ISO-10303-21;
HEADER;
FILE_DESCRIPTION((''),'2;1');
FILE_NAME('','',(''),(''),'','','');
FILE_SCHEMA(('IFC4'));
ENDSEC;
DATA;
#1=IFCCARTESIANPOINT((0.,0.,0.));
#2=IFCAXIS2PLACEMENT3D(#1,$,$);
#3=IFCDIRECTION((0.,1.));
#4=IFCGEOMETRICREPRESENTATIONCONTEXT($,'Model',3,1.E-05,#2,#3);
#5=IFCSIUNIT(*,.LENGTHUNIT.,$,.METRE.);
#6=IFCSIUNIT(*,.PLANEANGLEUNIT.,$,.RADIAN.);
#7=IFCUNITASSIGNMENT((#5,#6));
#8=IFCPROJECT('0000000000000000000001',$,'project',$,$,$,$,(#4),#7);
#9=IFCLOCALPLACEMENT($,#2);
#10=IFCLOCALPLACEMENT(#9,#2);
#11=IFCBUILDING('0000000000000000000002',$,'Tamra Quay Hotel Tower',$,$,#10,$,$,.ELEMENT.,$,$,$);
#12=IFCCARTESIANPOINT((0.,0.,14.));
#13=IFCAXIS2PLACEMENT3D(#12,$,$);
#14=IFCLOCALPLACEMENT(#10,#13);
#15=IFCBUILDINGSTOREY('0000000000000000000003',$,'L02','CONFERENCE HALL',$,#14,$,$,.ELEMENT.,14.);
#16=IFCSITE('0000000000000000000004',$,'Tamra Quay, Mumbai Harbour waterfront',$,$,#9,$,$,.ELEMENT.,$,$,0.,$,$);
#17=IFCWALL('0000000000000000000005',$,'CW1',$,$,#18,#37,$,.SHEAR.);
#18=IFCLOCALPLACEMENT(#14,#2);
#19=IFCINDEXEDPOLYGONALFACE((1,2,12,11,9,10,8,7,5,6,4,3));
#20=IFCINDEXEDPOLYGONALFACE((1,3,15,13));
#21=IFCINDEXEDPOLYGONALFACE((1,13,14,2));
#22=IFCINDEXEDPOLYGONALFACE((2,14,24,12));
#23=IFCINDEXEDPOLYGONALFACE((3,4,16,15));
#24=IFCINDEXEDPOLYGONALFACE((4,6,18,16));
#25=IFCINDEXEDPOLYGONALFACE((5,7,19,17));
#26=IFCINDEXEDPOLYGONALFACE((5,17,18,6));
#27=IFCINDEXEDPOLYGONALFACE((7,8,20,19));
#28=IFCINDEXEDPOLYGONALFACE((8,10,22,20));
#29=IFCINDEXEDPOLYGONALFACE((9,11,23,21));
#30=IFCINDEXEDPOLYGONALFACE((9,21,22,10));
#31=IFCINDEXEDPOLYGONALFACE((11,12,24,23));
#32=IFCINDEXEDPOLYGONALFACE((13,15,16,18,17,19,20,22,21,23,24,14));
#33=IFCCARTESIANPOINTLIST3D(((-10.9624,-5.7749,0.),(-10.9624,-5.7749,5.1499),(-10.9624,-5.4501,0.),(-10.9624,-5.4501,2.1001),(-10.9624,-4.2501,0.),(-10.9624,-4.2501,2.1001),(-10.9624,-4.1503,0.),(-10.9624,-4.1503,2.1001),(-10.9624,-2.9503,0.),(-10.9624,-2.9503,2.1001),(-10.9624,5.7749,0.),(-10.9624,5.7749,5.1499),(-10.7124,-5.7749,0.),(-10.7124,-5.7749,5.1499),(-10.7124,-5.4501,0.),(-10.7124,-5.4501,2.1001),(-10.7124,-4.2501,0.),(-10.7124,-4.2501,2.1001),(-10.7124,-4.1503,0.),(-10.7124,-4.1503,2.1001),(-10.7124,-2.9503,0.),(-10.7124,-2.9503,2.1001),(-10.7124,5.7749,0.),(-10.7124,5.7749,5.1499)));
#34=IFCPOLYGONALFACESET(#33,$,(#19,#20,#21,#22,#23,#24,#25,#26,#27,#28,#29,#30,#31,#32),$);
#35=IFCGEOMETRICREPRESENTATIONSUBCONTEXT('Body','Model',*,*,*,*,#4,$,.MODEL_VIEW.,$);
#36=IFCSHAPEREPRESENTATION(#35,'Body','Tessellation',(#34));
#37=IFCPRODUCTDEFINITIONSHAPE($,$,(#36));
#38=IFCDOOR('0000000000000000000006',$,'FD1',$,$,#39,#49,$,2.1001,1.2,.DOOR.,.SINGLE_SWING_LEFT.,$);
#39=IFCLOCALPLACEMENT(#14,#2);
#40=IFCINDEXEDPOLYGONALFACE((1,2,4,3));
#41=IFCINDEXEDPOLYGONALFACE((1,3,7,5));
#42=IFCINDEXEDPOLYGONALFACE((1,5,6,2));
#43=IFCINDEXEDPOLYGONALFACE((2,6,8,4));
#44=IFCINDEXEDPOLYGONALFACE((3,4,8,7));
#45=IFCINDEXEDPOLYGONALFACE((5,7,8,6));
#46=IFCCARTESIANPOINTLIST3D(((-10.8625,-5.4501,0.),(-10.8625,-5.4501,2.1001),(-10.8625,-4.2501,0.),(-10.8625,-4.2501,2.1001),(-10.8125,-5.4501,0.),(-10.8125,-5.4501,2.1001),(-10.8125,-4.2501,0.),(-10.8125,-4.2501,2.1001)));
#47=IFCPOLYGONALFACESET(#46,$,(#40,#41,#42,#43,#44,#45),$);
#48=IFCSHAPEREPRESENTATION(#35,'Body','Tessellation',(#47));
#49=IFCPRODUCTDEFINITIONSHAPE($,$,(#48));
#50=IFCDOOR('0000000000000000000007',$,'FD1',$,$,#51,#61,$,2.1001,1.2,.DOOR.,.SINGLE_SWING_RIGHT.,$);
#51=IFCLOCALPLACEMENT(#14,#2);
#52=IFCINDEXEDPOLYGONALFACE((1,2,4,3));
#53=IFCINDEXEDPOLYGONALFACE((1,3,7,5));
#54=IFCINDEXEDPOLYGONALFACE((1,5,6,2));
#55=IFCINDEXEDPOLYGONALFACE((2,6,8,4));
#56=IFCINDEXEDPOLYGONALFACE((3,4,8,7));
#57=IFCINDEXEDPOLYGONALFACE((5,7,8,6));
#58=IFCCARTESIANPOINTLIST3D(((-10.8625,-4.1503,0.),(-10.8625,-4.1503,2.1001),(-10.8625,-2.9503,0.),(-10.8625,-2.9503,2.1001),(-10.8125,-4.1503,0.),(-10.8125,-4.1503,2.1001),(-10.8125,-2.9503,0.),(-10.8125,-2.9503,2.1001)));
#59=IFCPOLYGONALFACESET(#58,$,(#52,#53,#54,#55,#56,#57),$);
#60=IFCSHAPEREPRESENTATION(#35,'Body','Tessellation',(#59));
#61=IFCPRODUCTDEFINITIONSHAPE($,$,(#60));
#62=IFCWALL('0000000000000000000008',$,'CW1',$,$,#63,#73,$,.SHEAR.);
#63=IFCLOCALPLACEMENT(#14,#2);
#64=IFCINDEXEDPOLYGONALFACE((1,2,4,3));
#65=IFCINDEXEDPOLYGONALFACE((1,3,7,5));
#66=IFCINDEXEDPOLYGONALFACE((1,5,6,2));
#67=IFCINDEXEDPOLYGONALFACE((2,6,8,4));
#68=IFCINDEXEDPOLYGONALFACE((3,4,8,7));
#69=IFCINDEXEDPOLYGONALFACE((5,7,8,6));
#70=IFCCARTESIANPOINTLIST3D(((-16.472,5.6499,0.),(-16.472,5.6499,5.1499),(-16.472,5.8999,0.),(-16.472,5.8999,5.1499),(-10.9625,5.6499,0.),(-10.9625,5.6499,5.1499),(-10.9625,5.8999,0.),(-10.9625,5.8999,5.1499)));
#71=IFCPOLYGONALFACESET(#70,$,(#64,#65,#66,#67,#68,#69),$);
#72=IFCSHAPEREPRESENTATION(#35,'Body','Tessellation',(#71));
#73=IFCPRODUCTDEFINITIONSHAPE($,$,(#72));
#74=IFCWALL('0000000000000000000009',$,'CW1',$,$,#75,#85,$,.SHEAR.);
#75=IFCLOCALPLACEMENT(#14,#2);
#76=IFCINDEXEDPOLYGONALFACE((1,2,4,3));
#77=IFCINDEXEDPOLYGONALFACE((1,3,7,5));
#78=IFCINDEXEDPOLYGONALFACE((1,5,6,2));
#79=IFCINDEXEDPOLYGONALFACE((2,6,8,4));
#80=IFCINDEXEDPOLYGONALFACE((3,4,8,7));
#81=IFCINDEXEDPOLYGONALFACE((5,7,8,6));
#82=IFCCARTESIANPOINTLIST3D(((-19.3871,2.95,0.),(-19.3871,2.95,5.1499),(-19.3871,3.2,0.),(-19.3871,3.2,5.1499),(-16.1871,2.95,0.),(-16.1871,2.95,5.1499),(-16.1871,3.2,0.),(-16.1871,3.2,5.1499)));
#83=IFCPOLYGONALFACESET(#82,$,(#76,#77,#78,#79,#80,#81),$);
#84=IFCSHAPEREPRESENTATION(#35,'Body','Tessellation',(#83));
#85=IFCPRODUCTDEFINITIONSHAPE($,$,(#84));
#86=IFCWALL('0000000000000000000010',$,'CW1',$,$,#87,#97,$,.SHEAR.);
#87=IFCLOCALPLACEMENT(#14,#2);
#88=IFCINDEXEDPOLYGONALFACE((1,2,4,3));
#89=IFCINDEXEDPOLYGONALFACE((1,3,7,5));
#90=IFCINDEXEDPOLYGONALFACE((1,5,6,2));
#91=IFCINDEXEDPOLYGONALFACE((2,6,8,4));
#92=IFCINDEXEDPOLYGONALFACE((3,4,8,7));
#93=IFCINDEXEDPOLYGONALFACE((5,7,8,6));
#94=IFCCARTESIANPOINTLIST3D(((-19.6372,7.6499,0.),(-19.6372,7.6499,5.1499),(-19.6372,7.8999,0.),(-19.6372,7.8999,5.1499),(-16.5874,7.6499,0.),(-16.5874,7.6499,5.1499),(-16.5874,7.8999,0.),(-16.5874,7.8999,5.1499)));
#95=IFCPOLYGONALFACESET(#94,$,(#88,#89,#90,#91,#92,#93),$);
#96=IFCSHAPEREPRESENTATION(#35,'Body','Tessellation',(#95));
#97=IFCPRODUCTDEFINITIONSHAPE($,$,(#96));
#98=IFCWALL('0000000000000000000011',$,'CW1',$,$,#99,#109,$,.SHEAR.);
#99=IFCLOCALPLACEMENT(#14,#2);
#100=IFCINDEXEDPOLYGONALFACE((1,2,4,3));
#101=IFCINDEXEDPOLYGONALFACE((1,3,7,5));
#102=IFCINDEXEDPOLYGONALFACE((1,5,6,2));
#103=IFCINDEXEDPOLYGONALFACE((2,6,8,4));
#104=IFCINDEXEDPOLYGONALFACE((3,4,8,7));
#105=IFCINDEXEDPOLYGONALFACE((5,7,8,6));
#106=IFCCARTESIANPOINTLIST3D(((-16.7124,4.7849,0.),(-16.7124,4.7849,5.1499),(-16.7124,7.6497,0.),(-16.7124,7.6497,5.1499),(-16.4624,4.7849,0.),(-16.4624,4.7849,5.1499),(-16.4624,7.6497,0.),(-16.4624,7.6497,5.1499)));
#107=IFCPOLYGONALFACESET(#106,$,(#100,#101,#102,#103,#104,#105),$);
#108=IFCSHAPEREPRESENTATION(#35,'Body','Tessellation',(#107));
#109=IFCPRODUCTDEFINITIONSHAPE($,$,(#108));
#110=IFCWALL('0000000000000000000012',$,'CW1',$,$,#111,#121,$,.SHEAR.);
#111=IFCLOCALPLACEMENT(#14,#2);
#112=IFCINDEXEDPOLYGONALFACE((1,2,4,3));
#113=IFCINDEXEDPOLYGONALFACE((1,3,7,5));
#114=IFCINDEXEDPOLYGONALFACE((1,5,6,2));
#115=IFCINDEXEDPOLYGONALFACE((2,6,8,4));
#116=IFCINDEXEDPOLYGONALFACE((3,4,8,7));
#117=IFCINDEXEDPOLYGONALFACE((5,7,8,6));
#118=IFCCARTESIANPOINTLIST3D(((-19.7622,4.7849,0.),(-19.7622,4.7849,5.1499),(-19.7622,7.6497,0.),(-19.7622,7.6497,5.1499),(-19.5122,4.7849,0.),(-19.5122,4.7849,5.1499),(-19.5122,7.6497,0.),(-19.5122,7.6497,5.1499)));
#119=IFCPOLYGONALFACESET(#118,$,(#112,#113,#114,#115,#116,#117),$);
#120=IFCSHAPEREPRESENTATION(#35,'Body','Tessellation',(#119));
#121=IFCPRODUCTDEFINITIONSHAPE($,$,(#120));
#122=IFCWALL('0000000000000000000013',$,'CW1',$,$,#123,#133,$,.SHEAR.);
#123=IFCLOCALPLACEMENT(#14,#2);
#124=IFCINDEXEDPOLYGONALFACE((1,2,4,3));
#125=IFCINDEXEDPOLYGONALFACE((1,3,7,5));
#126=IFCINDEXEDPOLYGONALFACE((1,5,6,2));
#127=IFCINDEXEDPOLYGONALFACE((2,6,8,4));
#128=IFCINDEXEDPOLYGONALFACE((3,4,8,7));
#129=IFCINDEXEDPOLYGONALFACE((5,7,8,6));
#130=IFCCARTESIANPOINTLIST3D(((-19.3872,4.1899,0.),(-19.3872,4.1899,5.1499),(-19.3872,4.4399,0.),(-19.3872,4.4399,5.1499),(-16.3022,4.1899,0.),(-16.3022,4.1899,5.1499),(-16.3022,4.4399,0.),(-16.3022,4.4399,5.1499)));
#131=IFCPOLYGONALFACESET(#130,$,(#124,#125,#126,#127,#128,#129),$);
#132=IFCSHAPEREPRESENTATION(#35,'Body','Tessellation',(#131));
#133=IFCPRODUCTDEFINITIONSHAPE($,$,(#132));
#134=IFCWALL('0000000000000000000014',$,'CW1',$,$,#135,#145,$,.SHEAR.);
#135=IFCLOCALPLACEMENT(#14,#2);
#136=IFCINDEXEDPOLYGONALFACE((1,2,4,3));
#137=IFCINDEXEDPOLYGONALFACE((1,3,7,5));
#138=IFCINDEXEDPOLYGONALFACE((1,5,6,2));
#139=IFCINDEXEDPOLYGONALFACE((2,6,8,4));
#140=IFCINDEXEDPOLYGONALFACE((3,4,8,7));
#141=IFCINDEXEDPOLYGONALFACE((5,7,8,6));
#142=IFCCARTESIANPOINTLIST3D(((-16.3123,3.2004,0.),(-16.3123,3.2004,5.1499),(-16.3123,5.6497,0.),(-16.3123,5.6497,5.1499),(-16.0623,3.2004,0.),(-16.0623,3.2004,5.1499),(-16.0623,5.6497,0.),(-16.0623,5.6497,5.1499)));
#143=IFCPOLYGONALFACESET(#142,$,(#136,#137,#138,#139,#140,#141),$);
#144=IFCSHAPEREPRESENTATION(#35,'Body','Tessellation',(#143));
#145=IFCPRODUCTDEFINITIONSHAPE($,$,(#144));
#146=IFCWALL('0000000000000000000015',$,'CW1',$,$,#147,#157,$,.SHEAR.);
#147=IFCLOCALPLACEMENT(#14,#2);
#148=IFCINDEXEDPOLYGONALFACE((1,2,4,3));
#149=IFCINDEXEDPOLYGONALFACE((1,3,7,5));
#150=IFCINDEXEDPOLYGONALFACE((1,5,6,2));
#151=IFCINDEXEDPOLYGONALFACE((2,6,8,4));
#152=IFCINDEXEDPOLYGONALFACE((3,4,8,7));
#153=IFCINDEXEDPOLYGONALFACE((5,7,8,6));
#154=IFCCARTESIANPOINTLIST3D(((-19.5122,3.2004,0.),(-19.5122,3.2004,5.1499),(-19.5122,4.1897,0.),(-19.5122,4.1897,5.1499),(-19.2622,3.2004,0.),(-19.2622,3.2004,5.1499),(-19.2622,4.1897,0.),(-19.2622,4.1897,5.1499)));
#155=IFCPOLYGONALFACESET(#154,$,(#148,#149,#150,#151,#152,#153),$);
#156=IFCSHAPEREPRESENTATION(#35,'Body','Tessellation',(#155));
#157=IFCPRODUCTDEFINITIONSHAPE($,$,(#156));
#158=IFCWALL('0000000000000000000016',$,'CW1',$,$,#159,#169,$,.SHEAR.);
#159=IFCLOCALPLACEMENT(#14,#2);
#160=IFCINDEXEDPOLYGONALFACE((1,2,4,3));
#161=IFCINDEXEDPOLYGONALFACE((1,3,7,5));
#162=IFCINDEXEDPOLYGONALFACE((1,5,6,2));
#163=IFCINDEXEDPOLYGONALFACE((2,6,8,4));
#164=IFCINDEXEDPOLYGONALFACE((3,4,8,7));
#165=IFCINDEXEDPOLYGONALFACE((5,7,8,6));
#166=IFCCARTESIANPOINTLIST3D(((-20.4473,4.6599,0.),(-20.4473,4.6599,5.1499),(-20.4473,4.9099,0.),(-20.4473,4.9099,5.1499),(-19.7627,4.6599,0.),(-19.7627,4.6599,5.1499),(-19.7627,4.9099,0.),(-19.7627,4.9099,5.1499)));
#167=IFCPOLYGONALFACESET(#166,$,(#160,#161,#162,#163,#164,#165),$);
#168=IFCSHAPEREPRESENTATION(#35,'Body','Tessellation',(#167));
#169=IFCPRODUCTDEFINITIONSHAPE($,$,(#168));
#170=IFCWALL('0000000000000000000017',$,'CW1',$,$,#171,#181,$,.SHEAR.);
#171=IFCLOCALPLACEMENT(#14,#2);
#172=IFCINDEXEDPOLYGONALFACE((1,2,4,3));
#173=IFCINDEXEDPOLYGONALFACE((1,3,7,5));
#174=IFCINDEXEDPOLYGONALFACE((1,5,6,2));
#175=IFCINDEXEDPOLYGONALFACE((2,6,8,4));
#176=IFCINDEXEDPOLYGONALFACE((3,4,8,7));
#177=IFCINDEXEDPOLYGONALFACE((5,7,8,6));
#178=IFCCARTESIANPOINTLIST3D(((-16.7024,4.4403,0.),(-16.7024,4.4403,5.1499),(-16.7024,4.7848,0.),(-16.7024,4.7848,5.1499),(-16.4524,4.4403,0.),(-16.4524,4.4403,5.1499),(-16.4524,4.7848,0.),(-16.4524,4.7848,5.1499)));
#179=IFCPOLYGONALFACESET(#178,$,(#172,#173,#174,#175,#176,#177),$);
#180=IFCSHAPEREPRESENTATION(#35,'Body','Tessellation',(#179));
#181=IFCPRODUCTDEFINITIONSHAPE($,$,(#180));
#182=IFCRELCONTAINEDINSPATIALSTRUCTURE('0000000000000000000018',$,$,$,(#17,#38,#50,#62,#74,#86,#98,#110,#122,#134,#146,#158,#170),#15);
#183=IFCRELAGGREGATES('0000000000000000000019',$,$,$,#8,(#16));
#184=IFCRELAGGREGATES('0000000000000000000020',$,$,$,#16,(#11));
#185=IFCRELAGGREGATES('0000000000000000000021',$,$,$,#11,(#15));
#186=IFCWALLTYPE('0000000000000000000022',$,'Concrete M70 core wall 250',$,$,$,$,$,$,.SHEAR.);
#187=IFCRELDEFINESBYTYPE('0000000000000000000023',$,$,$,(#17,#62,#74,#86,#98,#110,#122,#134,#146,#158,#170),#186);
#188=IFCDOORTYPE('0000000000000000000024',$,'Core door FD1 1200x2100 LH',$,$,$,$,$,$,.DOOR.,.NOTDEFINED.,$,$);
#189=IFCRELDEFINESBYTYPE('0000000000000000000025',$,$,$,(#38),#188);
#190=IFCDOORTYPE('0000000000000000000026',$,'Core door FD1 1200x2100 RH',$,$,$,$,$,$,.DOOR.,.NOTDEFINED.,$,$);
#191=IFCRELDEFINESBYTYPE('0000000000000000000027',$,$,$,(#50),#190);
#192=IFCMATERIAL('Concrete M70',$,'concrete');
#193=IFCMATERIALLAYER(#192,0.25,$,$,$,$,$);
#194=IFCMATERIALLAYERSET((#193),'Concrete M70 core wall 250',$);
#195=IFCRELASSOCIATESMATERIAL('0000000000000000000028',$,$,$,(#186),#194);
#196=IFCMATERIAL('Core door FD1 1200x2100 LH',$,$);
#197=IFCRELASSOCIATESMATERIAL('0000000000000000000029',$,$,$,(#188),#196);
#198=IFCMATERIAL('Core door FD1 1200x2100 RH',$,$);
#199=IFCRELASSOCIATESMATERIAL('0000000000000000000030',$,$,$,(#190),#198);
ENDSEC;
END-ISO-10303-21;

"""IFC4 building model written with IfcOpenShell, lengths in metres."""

from ifc_helpers import new_model, si_unit, direction, frame, frame_2d, origin, place, context, subcontext, project, spatial, rectangle, extrude, material, layer, layer_set, type_object, element, fill, save


model = new_model("IFC4")

# Units and contexts
model_context = context("Model", 3, precision=1e-05, world=origin(), true_north=direction((0.0, 1.0)))
body_context = subcontext(model_context, "Body", "Model", "MODEL_VIEW")
ifc_project = project(units=[si_unit("LENGTHUNIT", "METRE"), si_unit("PLANEANGLEUNIT", "RADIAN")], contexts=[model_context])

# Site, building, storey
site_placement = place(None, origin())
site = spatial("IfcSite", under=ifc_project, at=site_placement, Name="Tamra Quay, Mumbai Harbour waterfront", CompositionType="ELEMENT", RefElevation=0.0)
building_placement = place(site_placement, origin())
building = spatial("IfcBuilding", under=site, at=building_placement, Name="Tamra Quay Hotel Tower", CompositionType="ELEMENT")
storey_placement = place(building_placement, frame((0.0, 0.0, 14.0)))
storey = spatial("IfcBuildingStorey", under=building, at=storey_placement, Name="L02", Description="CONFERENCE HALL", CompositionType="ELEMENT", Elevation=14.0)

# Shared definitions
ifc_material_1 = material(Name="Concrete M70", Category="concrete")

# Wall, openings, doors
ifc_layer_1 = layer(ifc_material_1, 0.25)
ifc_layer_set_1 = layer_set([ifc_layer_1], Name="Concrete M70 core wall 250")
wall_type_1 = type_object("IfcWallType", Name="Concrete M70 core wall 250", PredefinedType="SHEAR", material=ifc_layer_set_1)
wall_1_placement = place(storey_placement, frame((-10.8374, 5.7749, 0.0), z_axis=(0.0, 0.0, 1.0), x_axis=(0.0, -1.0, 0.0)))
wall_1 = element("IfcWall", 1, at=wall_1_placement, inside=storey, type_object=wall_type_1, Name="CW1", PredefinedType="SHEAR", context=body_context, shape_type="SweptSolid", body=[
    extrude(rectangle(XDim=11.5498, YDim=0.25, at=frame_2d((5.7749, 0.0))), origin(), (0.0, 0.0, 1.0), 5.1499),
])
opening_1_placement = place(wall_1_placement, frame((10.0249, 0.0, 0.0)))
opening_1 = element("IfcOpeningElement", 2, at=opening_1_placement, cuts=wall_1, PredefinedType="OPENING", context=body_context, shape_type="SweptSolid", body=[
    extrude(rectangle(XDim=1.2, YDim=2.1001, at=frame_2d((0.6001, 1.05))), frame((0.0, 0.135, 0.0), z_axis=(0.0, -1.0, 0.0), x_axis=(1.0, 0.0, 0.0)), (0.0, 0.0, 1.0), 0.27),
])
opening_2_placement = place(wall_1_placement, frame((8.7251, 0.0, 0.0)))
opening_2 = element("IfcOpeningElement", 3, at=opening_2_placement, cuts=wall_1, PredefinedType="OPENING", context=body_context, shape_type="SweptSolid", body=[
    extrude(rectangle(XDim=1.2, YDim=2.1001, at=frame_2d((0.6001, 1.05))), frame((0.0, 0.135, 0.0), z_axis=(0.0, -1.0, 0.0), x_axis=(1.0, 0.0, 0.0)), (0.0, 0.0, 1.0), 0.27),
])
ifc_material_2 = material(Name="Core door FD1 1200x2100 LH")
door_type_1 = type_object("IfcDoorType", Name="Core door FD1 1200x2100 LH", OperationType="NOTDEFINED", PredefinedType="DOOR", material=ifc_material_2)
door_1_placement = place(opening_1_placement, origin())
door_1 = element("IfcDoor", 4, at=door_1_placement, inside=storey, type_object=door_type_1, Name="FD1", OperationType="SINGLE_SWING_LEFT", OverallHeight=2.1001, OverallWidth=1.2, PredefinedType="DOOR", context=body_context, shape_type="SweptSolid", body=[
    extrude(rectangle(XDim=1.2, YDim=2.1001, at=frame_2d((0.6001, 1.05))), frame((0.0, 0.0249, 0.0), z_axis=(0.0, -1.0, 0.0), x_axis=(1.0, 0.0, 0.0)), (0.0, 0.0, 1.0), 0.05),
])
fill(opening_1, door_1)
ifc_material_3 = material(Name="Core door FD1 1200x2100 RH")
door_type_2 = type_object("IfcDoorType", Name="Core door FD1 1200x2100 RH", OperationType="NOTDEFINED", PredefinedType="DOOR", material=ifc_material_3)
door_2_placement = place(opening_2_placement, origin())
door_2 = element("IfcDoor", 5, at=door_2_placement, inside=storey, type_object=door_type_2, Name="FD1", OperationType="SINGLE_SWING_RIGHT", OverallHeight=2.1001, OverallWidth=1.2, PredefinedType="DOOR", context=body_context, shape_type="SweptSolid", body=[
    extrude(rectangle(XDim=1.2, YDim=2.1001, at=frame_2d((0.6001, 1.05))), frame((0.0, 0.0249, 0.0), z_axis=(0.0, -1.0, 0.0), x_axis=(1.0, 0.0, 0.0)), (0.0, 0.0, 1.0), 0.05),
])
fill(opening_2, door_2)

# Walls
wall_2_placement = place(storey_placement, frame((-16.4722, 5.7749, 0.0), z_axis=(0.0, 0.0, 1.0), x_axis=(1.0, 0.0, 0.0)))
element("IfcWall", 6, at=wall_2_placement, inside=storey, type_object=wall_type_1, Name="CW1", PredefinedType="SHEAR", context=body_context, shape_type="SweptSolid", body=[
    extrude(rectangle(XDim=5.5095, YDim=0.25, at=frame_2d((2.7549, 0.0))), origin(), (0.0, 0.0, 1.0), 5.1499),
])
wall_3_placement = place(storey_placement, frame((-19.3872, 3.075, 0.0), z_axis=(0.0, 0.0, 1.0), x_axis=(1.0, 0.0, 0.0)))
element("IfcWall", 7, at=wall_3_placement, inside=storey, type_object=wall_type_1, Name="CW1", PredefinedType="SHEAR", context=body_context, shape_type="SweptSolid", body=[
    extrude(rectangle(XDim=3.2, YDim=0.25, at=frame_2d((1.6001, 0.0))), origin(), (0.0, 0.0, 1.0), 5.1499),
])
wall_4_placement = place(storey_placement, frame((-19.6372, 7.7749, 0.0), z_axis=(0.0, 0.0, 1.0), x_axis=(1.0, 0.0, 0.0)))
element("IfcWall", 8, at=wall_4_placement, inside=storey, type_object=wall_type_1, Name="CW1", PredefinedType="SHEAR", context=body_context, shape_type="SweptSolid", body=[
    extrude(rectangle(XDim=3.0498, YDim=0.25, at=frame_2d((1.5249, 0.0))), origin(), (0.0, 0.0, 1.0), 5.1499),
])
for number, where, z_axis, x_axis, name in (
    (9, (-16.5874, 7.6497, 0.0), (0.0, 0.0, 1.0), (0.0, -1.0, 0.0), "CW1"),
    (10, (-19.6372, 4.7849, 0.0), (0.0, 0.0, 1.0), (0.0, 1.0, 0.0), "CW1"),
):
    element("IfcWall", number, at=place(storey_placement, frame(where, z_axis=z_axis, x_axis=x_axis)), inside=storey, type_object=wall_type_1, Name=name, PredefinedType="SHEAR", context=body_context, shape_type="SweptSolid", body=[
        extrude(rectangle(XDim=2.8647, YDim=0.25, at=frame_2d((1.4324, 0.0))), origin(), (0.0, 0.0, 1.0), 5.1499),
    ])
wall_5_placement = place(storey_placement, frame((-16.3022, 4.3149, 0.0), z_axis=(0.0, 0.0, 1.0), x_axis=(-1.0, 0.0, 0.0)))
element("IfcWall", 11, at=wall_5_placement, inside=storey, type_object=wall_type_1, Name="CW1", PredefinedType="SHEAR", context=body_context, shape_type="SweptSolid", body=[
    extrude(rectangle(XDim=3.085, YDim=0.25, at=frame_2d((1.5425, 0.0))), origin(), (0.0, 0.0, 1.0), 5.1499),
])
wall_6_placement = place(storey_placement, frame((-16.1873, 3.2004, 0.0), z_axis=(0.0, 0.0, 1.0), x_axis=(0.0, 1.0, 0.0)))
element("IfcWall", 12, at=wall_6_placement, inside=storey, type_object=wall_type_1, Name="CW1", PredefinedType="SHEAR", context=body_context, shape_type="SweptSolid", body=[
    extrude(rectangle(XDim=2.4492, YDim=0.25, at=frame_2d((1.2246, 0.0))), origin(), (0.0, 0.0, 1.0), 5.1499),
])
wall_7_placement = place(storey_placement, frame((-19.3872, 4.1897, 0.0), z_axis=(0.0, 0.0, 1.0), x_axis=(0.0, -1.0, 0.0)))
element("IfcWall", 13, at=wall_7_placement, inside=storey, type_object=wall_type_1, Name="CW1", PredefinedType="SHEAR", context=body_context, shape_type="SweptSolid", body=[
    extrude(rectangle(XDim=0.9893, YDim=0.25, at=frame_2d((0.4946, 0.0))), origin(), (0.0, 0.0, 1.0), 5.1499),
])
wall_8_placement = place(storey_placement, frame((-20.4473, 4.7849, 0.0), z_axis=(0.0, 0.0, 1.0), x_axis=(1.0, 0.0, 0.0)))
element("IfcWall", 14, at=wall_8_placement, inside=storey, type_object=wall_type_1, Name="CW1", PredefinedType="SHEAR", context=body_context, shape_type="SweptSolid", body=[
    extrude(rectangle(XDim=0.6846, YDim=0.25, at=frame_2d((0.3423, 0.0))), origin(), (0.0, 0.0, 1.0), 5.1499),
])
wall_9_placement = place(storey_placement, frame((-16.5774, 4.7849, 0.0), z_axis=(0.0, 0.0, 1.0), x_axis=(0.0, -1.0, 0.0)))
element("IfcWall", 15, at=wall_9_placement, inside=storey, type_object=wall_type_1, Name="CW1", PredefinedType="SHEAR", context=body_context, shape_type="SweptSolid", body=[
    extrude(rectangle(XDim=0.3445, YDim=0.25, at=frame_2d((0.1724, 0.0))), origin(), (0.0, 0.0, 1.0), 5.1499),
])

save(model, "model.ifc")
